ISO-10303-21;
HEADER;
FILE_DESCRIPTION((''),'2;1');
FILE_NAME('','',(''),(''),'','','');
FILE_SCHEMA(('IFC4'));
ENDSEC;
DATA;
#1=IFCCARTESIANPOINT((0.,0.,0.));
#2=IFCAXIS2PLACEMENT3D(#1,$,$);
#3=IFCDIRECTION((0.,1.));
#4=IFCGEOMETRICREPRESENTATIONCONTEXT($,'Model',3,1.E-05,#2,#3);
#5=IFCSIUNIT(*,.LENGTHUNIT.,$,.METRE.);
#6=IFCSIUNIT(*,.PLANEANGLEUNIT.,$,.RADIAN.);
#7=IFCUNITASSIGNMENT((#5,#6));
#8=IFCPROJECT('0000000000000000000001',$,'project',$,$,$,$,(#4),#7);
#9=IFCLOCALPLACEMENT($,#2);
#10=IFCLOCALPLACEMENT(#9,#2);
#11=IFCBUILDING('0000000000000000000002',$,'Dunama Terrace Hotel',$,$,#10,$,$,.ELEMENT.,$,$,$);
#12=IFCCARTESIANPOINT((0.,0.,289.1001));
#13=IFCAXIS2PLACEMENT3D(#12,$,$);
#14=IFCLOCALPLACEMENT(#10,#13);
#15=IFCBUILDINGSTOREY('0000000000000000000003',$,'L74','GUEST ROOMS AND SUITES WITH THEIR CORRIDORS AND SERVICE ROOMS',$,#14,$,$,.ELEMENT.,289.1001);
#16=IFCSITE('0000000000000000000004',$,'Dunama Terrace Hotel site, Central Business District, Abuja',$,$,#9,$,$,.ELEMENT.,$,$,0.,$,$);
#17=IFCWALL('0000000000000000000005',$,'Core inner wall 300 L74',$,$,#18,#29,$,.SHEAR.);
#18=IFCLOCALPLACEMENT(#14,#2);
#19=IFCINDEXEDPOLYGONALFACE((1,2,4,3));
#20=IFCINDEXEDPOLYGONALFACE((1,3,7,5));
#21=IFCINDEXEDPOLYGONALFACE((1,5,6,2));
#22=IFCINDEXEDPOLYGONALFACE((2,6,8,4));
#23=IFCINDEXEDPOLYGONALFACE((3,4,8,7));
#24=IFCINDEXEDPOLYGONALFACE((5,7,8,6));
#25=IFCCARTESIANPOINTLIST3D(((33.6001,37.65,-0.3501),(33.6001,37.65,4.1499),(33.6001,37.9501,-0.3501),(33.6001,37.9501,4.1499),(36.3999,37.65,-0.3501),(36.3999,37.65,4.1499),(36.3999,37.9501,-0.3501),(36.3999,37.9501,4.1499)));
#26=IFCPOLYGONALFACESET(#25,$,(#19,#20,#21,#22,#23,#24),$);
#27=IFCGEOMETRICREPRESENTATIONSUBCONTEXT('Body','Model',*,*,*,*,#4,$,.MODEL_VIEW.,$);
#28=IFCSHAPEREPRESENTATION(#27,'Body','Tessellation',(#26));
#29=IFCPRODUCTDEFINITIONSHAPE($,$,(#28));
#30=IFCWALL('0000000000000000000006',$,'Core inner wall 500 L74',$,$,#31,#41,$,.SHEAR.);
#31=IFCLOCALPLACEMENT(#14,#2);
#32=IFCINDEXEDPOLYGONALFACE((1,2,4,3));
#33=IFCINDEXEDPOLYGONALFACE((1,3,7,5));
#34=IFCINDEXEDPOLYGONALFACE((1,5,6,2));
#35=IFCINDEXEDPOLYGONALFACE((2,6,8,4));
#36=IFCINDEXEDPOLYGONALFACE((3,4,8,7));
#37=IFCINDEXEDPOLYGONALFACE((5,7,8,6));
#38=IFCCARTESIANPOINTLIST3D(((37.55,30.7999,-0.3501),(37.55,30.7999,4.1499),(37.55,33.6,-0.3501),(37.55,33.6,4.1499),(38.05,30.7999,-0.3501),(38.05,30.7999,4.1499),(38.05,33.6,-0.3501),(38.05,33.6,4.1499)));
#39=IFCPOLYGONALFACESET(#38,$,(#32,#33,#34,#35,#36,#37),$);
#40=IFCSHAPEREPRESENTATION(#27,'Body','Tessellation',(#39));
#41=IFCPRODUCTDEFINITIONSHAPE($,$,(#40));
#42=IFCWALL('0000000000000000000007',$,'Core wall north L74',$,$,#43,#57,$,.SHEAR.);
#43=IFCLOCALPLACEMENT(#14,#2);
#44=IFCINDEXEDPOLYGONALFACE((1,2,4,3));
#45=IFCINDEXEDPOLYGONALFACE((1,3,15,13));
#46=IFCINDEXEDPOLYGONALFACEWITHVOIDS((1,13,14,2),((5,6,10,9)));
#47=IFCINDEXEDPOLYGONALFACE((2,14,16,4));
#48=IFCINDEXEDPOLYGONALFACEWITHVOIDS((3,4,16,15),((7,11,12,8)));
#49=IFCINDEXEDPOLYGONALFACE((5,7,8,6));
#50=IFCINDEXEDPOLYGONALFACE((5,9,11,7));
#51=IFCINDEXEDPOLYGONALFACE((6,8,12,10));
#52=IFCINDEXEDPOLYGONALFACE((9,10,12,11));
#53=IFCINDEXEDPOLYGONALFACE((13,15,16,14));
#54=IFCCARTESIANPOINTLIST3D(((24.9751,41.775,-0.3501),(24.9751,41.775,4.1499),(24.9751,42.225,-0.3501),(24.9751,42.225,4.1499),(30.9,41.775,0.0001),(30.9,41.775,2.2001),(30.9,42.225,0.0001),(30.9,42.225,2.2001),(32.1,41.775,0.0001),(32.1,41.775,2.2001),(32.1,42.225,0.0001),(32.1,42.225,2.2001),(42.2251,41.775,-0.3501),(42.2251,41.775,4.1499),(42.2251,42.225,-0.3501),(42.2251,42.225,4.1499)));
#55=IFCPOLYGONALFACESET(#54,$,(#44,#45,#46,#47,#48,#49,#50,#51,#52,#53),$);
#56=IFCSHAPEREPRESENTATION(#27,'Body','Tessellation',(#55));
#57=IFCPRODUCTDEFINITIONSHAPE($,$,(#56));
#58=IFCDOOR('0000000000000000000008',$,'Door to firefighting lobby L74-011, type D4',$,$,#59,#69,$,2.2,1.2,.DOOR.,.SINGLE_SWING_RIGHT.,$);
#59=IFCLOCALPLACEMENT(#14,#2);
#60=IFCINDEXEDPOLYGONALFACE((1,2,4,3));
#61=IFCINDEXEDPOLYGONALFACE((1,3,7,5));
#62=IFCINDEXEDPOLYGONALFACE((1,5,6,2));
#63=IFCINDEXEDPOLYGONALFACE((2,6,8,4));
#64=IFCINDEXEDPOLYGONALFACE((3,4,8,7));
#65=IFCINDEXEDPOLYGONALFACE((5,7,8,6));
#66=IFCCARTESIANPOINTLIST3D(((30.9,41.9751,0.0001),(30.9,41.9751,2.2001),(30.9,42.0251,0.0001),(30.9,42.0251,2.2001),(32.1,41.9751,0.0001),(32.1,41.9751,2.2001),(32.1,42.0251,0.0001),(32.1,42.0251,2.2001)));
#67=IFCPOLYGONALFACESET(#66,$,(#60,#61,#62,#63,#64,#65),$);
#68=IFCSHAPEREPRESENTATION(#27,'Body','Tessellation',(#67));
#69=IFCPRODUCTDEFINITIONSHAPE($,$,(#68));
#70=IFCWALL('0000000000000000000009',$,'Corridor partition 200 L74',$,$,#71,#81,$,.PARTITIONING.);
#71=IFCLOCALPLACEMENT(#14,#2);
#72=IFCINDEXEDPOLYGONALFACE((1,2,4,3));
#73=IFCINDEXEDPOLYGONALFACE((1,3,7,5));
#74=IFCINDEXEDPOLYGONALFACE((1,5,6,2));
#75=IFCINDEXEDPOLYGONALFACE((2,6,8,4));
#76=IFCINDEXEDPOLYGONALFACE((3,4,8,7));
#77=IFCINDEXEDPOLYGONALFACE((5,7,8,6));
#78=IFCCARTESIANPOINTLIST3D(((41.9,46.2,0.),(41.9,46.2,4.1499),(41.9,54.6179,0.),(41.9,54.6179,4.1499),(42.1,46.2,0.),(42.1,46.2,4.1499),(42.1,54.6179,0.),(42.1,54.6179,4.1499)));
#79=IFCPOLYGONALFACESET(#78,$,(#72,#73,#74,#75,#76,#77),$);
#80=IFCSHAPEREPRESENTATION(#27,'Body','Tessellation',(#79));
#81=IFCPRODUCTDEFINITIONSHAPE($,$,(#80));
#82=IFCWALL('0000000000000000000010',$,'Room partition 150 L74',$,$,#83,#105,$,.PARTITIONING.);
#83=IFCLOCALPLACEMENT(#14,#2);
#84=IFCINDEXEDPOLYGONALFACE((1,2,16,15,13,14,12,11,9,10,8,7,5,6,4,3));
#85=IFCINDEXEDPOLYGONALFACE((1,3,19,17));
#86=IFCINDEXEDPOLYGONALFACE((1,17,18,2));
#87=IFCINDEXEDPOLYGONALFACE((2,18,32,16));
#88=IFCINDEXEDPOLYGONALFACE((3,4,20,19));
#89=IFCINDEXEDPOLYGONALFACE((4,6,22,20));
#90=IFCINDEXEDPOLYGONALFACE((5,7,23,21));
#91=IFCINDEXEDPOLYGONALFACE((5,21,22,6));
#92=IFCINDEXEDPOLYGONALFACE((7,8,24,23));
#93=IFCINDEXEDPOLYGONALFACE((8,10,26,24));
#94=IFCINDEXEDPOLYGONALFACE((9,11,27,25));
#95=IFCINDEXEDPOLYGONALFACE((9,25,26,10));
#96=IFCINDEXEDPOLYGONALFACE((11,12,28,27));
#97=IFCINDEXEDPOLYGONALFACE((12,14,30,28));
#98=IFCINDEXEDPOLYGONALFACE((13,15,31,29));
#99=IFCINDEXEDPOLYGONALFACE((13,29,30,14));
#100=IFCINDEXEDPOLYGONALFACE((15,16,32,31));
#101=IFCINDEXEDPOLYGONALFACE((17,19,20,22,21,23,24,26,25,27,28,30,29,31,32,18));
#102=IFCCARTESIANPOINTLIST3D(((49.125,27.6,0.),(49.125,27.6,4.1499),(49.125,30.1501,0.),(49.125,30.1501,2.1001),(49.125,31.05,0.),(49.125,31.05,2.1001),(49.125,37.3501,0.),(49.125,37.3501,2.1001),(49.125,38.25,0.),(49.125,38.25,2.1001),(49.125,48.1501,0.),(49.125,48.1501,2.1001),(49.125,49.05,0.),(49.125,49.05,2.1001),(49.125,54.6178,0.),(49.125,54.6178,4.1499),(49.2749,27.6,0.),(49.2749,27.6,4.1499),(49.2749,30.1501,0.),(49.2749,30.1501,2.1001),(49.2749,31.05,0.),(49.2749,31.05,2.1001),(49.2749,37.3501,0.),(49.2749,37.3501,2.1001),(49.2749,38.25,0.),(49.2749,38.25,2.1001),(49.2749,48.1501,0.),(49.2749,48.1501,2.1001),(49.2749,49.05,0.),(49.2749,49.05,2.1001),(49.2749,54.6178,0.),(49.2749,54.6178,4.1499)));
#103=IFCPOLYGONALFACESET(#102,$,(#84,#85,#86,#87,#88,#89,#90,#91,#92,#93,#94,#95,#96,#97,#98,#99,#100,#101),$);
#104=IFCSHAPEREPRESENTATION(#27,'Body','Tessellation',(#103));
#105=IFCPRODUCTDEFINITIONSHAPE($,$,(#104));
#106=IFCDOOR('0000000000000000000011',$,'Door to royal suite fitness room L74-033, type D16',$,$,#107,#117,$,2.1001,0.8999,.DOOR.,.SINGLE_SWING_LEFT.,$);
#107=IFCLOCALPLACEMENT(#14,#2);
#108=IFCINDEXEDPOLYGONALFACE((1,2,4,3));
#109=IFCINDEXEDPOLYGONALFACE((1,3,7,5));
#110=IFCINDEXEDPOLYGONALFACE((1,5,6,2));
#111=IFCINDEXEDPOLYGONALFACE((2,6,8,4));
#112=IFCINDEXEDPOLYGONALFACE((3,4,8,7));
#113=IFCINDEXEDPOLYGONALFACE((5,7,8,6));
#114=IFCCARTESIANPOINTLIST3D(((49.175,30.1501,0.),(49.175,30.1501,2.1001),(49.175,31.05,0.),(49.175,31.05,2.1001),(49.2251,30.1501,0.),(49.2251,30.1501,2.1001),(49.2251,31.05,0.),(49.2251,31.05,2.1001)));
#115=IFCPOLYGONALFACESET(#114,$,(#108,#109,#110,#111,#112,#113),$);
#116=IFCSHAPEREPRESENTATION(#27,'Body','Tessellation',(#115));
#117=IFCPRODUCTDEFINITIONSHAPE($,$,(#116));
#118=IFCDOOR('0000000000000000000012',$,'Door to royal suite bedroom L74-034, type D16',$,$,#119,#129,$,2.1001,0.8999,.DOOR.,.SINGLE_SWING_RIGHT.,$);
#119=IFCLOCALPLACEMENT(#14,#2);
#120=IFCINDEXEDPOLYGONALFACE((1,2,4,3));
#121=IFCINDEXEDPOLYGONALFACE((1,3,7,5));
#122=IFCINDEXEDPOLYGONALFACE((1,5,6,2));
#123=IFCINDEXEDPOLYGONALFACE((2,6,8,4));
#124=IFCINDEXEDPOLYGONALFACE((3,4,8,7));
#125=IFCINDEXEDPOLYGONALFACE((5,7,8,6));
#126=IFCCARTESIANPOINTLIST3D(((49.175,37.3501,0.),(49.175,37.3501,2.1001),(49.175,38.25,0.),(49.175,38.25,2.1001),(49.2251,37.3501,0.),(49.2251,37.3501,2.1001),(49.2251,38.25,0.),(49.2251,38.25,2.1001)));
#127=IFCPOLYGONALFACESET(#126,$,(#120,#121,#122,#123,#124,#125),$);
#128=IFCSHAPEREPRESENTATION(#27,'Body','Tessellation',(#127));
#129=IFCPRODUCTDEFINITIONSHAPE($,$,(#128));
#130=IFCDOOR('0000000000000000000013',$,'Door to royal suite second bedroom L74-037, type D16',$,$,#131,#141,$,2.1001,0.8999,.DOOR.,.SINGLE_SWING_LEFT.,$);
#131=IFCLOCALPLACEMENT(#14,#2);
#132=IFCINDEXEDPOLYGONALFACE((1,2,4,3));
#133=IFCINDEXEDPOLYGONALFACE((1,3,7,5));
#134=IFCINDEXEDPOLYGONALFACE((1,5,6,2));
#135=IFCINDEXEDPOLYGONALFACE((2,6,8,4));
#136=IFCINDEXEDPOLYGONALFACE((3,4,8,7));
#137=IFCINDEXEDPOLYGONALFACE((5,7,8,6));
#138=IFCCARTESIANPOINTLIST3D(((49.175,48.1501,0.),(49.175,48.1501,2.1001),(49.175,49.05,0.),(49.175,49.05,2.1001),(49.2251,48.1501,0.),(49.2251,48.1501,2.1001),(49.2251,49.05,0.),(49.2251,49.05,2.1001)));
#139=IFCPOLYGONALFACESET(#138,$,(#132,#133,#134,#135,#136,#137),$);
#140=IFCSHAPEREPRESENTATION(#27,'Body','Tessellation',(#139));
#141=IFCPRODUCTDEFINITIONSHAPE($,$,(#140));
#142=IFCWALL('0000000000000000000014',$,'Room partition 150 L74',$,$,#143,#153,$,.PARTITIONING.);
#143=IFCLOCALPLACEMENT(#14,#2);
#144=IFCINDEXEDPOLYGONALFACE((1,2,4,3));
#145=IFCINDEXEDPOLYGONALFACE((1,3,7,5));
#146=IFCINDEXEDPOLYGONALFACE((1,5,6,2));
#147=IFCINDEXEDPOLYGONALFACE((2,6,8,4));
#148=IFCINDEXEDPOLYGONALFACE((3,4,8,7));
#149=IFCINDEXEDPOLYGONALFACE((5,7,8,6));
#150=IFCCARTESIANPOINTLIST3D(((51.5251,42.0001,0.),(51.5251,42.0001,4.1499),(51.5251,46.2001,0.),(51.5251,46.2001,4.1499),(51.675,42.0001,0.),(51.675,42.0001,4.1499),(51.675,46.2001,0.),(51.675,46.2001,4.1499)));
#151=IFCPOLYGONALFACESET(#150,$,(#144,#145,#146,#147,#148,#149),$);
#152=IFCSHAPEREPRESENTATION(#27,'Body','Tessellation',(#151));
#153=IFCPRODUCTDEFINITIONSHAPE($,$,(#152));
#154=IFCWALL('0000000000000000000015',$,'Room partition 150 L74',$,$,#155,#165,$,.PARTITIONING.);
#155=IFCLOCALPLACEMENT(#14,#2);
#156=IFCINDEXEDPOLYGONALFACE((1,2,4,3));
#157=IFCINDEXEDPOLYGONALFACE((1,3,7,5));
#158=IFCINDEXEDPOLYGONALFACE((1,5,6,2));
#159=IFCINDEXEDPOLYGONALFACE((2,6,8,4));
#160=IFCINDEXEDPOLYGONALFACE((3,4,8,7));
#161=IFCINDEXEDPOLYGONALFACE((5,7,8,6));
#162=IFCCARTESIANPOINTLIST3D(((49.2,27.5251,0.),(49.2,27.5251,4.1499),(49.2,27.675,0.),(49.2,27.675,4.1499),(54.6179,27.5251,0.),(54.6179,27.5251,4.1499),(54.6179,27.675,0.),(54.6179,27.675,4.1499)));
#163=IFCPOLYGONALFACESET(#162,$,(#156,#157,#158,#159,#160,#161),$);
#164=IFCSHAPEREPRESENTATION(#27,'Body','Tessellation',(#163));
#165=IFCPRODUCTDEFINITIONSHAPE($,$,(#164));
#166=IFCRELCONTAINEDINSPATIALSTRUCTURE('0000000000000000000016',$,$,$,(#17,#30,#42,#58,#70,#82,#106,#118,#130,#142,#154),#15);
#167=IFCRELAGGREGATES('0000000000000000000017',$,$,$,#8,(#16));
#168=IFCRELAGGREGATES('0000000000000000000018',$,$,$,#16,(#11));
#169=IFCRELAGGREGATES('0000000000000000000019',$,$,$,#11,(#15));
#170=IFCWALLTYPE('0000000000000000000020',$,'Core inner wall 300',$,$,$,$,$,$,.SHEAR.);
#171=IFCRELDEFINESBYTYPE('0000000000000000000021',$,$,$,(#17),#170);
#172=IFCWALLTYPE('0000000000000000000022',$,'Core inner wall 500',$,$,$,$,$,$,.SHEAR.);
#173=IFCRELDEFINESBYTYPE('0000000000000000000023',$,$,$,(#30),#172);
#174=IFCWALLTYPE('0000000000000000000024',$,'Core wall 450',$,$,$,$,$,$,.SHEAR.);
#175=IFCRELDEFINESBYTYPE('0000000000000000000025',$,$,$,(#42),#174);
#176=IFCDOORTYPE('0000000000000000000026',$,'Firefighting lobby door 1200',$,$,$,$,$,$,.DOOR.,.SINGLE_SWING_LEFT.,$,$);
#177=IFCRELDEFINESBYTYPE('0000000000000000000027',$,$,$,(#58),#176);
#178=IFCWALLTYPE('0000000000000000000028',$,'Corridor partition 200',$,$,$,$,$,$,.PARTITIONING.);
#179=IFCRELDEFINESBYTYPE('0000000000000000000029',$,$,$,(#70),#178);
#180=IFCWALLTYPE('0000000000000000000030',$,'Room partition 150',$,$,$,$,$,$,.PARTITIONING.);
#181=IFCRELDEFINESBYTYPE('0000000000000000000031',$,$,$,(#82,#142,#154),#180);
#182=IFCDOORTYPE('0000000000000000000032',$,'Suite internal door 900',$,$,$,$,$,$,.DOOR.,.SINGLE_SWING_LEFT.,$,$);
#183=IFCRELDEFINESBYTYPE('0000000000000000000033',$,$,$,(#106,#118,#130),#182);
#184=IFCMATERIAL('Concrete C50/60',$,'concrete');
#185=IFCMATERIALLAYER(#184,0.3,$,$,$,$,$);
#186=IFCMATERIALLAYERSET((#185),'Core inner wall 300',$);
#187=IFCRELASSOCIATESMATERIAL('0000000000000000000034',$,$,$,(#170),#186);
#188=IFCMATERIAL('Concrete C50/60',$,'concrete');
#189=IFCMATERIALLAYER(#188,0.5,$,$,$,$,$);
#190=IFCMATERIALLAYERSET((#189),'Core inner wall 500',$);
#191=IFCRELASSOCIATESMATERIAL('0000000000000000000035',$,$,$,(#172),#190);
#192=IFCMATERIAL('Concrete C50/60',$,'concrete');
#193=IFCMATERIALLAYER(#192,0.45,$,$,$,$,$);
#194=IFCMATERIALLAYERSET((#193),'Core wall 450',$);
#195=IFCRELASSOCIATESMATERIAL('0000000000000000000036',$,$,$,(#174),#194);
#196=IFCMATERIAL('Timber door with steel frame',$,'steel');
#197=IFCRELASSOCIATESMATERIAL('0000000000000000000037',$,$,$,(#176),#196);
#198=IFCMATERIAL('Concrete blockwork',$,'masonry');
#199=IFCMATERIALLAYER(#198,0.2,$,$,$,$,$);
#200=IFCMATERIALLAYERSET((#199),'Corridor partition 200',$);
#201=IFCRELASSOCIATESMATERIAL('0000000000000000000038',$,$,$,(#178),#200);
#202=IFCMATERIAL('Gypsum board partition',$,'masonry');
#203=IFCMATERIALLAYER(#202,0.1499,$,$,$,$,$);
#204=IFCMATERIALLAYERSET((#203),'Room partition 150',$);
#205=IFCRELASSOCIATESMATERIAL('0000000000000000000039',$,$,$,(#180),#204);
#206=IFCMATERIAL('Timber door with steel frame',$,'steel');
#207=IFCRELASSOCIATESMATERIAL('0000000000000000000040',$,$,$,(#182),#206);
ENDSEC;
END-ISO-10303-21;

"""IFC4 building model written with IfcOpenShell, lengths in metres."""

from ifc_helpers import new_model, si_unit, direction, frame, frame_2d, origin, place, context, subcontext, project, spatial, rectangle, extrude, material, layer, layer_set, type_object, element, fill, save


model = new_model("IFC4")

# Units and contexts
model_context = context("Model", 3, precision=1e-05, world=origin(), true_north=direction((0.0, 1.0)))
body_context = subcontext(model_context, "Body", "Model", "MODEL_VIEW")
ifc_project = project(units=[si_unit("LENGTHUNIT", "METRE"), si_unit("PLANEANGLEUNIT", "RADIAN")], contexts=[model_context])

# Site, building, storey
site_placement = place(None, origin())
site = spatial("IfcSite", under=ifc_project, at=site_placement, Name="Dunama Terrace Hotel site, Central Business District, Abuja", CompositionType="ELEMENT", RefElevation=0.0)
building_placement = place(site_placement, origin())
building = spatial("IfcBuilding", under=site, at=building_placement, Name="Dunama Terrace Hotel", CompositionType="ELEMENT")
storey_placement = place(building_placement, frame((0.0, 0.0, 289.1001)))
storey = spatial("IfcBuildingStorey", under=building, at=storey_placement, Name="L74", Description="GUEST ROOMS AND SUITES WITH THEIR CORRIDORS AND SERVICE ROOMS", CompositionType="ELEMENT", Elevation=289.1001)

# Shared definitions
ifc_material_1 = material(Name="Concrete C50/60", Category="concrete")
ifc_layer_1 = layer(ifc_material_1, 0.3)
ifc_layer_set_1 = layer_set([ifc_layer_1], Name="Core inner wall 300")
wall_type_1 = type_object("IfcWallType", Name="Core inner wall 300", PredefinedType="SHEAR", material=ifc_layer_set_1)

# Walls
wall_1_placement = place(storey_placement, frame((33.6001, 37.8, -0.3501), z_axis=(0.0, 0.0, 1.0), x_axis=(1.0, 0.0, 0.0)))
element("IfcWall", 1, at=wall_1_placement, inside=storey, type_object=wall_type_1, Name="Core inner wall 300 L74", PredefinedType="SHEAR", context=body_context, shape_type="SweptSolid", body=[
    extrude(rectangle(XDim=2.7998, YDim=0.3, at=frame_2d((1.3999, 0.0))), origin(), (0.0, 0.0, 1.0), 4.5),
])
ifc_material_2 = material(Name="Concrete C50/60", Category="concrete")
ifc_layer_2 = layer(ifc_material_2, 0.5)
ifc_layer_set_2 = layer_set([ifc_layer_2], Name="Core inner wall 500")
wall_type_2 = type_object("IfcWallType", Name="Core inner wall 500", PredefinedType="SHEAR", material=ifc_layer_set_2)
wall_2_placement = place(storey_placement, frame((37.8, 30.8, -0.3501), z_axis=(0.0, 0.0, 1.0), x_axis=(0.0, 1.0, 0.0)))
element("IfcWall", 2, at=wall_2_placement, inside=storey, type_object=wall_type_2, Name="Core inner wall 500 L74", PredefinedType="SHEAR", context=body_context, shape_type="SweptSolid", body=[
    extrude(rectangle(XDim=2.8, YDim=0.5, at=frame_2d((1.3999, 0.0))), origin(), (0.0, 0.0, 1.0), 4.5),
])

# Wall, opening, door
ifc_material_3 = material(Name="Concrete C50/60", Category="concrete")
ifc_layer_3 = layer(ifc_material_3, 0.45)
ifc_layer_set_3 = layer_set([ifc_layer_3], Name="Core wall 450")
wall_type_3 = type_object("IfcWallType", Name="Core wall 450", PredefinedType="SHEAR", material=ifc_layer_set_3)
wall_3_placement = place(storey_placement, frame((42.2251, 42.0, -0.3501), z_axis=(0.0, 0.0, 1.0), x_axis=(-1.0, 0.0, 0.0)))
wall_3 = element("IfcWall", 3, at=wall_3_placement, inside=storey, type_object=wall_type_3, Name="Core wall north L74", PredefinedType="SHEAR", context=body_context, shape_type="SweptSolid", body=[
    extrude(rectangle(XDim=17.25, YDim=0.45, at=frame_2d((8.625, 0.0))), origin(), (0.0, 0.0, 1.0), 4.5),
])
opening_1_placement = place(wall_3_placement, frame((10.125, 0.0, 0.3501)))
opening_1 = element("IfcOpeningElement", 4, at=opening_1_placement, cuts=wall_3, PredefinedType="OPENING", context=body_context, shape_type="SweptSolid", body=[
    extrude(rectangle(XDim=1.2, YDim=2.2, at=frame_2d((0.6001, 1.1001))), frame((0.0, 0.2349, 0.0), z_axis=(0.0, -1.0, 0.0), x_axis=(1.0, 0.0, 0.0)), (0.0, 0.0, 1.0), 0.47),
])
ifc_material_4 = material(Name="Timber door with steel frame", Category="steel")
door_type_1 = type_object("IfcDoorType", Name="Firefighting lobby door 1200", OperationType="SINGLE_SWING_LEFT", PredefinedType="DOOR", material=ifc_material_4)
door_1_placement = place(opening_1_placement, origin())
door_1 = element("IfcDoor", 5, at=door_1_placement, inside=storey, type_object=door_type_1, Name="Door to firefighting lobby L74-011, type D4", OperationType="SINGLE_SWING_RIGHT", OverallHeight=2.2, OverallWidth=1.2, PredefinedType="DOOR", context=body_context, shape_type="SweptSolid", body=[
    extrude(rectangle(XDim=1.2, YDim=2.2, at=frame_2d((0.6001, 1.1001))), frame((0.0, 0.0249, 0.0), z_axis=(0.0, -1.0, 0.0), x_axis=(1.0, 0.0, 0.0)), (0.0, 0.0, 1.0), 0.05),
])
fill(opening_1, door_1)

# Wall
ifc_material_5 = material(Name="Concrete blockwork", Category="masonry")
ifc_layer_4 = layer(ifc_material_5, 0.2)
ifc_layer_set_4 = layer_set([ifc_layer_4], Name="Corridor partition 200")
wall_type_4 = type_object("IfcWallType", Name="Corridor partition 200", PredefinedType="PARTITIONING", material=ifc_layer_set_4)
wall_4_placement = place(storey_placement, frame((42.0, 46.2, 0.0), z_axis=(0.0, 0.0, 1.0), x_axis=(0.0, 1.0, 0.0)))
element("IfcWall", 6, at=wall_4_placement, inside=storey, type_object=wall_type_4, Name="Corridor partition 200 L74", PredefinedType="PARTITIONING", context=body_context, shape_type="SweptSolid", body=[
    extrude(rectangle(XDim=8.418, YDim=0.2, at=frame_2d((4.209, 0.0))), origin(), (0.0, 0.0, 1.0), 4.1499),
])

# Wall, openings, doors
ifc_material_6 = material(Name="Gypsum board partition", Category="masonry")
ifc_layer_5 = layer(ifc_material_6, 0.1499)
ifc_layer_set_5 = layer_set([ifc_layer_5], Name="Room partition 150")
wall_type_5 = type_object("IfcWallType", Name="Room partition 150", PredefinedType="PARTITIONING", material=ifc_layer_set_5)
wall_5_placement = place(storey_placement, frame((49.2, 27.6001, 0.0), z_axis=(0.0, 0.0, 1.0), x_axis=(0.0, 1.0, 0.0)))
wall_5 = element("IfcWall", 7, at=wall_5_placement, inside=storey, type_object=wall_type_5, Name="Room partition 150 L74", PredefinedType="PARTITIONING", context=body_context, shape_type="SweptSolid", body=[
    extrude(rectangle(XDim=27.0178, YDim=0.1499, at=frame_2d((13.5088, 0.0))), origin(), (0.0, 0.0, 1.0), 4.1499),
])
opening_2_placement = place(wall_5_placement, frame((2.55, 0.0, 0.0)))
opening_2 = element("IfcOpeningElement", 8, at=opening_2_placement, cuts=wall_5, PredefinedType="OPENING", context=body_context, shape_type="SweptSolid", body=[
    extrude(rectangle(XDim=0.8999, YDim=2.1001, at=frame_2d((0.45, 1.05))), frame((0.0, 0.085, 0.0), z_axis=(0.0, -1.0, 0.0), x_axis=(1.0, 0.0, 0.0)), (0.0, 0.0, 1.0), 0.1699),
])
opening_3_placement = place(wall_5_placement, frame((9.75, 0.0, 0.0)))
opening_3 = element("IfcOpeningElement", 9, at=opening_3_placement, cuts=wall_5, PredefinedType="OPENING", context=body_context, shape_type="SweptSolid", body=[
    extrude(rectangle(XDim=0.8999, YDim=2.1001, at=frame_2d((0.45, 1.05))), frame((0.0, 0.085, 0.0), z_axis=(0.0, -1.0, 0.0), x_axis=(1.0, 0.0, 0.0)), (0.0, 0.0, 1.0), 0.1699),
])
opening_4_placement = place(wall_5_placement, frame((20.55, 0.0, 0.0)))
opening_4 = element("IfcOpeningElement", 10, at=opening_4_placement, cuts=wall_5, PredefinedType="OPENING", context=body_context, shape_type="SweptSolid", body=[
    extrude(rectangle(XDim=0.8999, YDim=2.1001, at=frame_2d((0.45, 1.05))), frame((0.0, 0.085, 0.0), z_axis=(0.0, -1.0, 0.0), x_axis=(1.0, 0.0, 0.0)), (0.0, 0.0, 1.0), 0.1699),
])
ifc_material_7 = material(Name="Timber door with steel frame", Category="steel")
door_type_2 = type_object("IfcDoorType", Name="Suite internal door 900", OperationType="SINGLE_SWING_LEFT", PredefinedType="DOOR", material=ifc_material_7)
door_2_placement = place(opening_2_placement, frame((0.8999, 0.0, 0.0), z_axis=(0.0, 0.0, 1.0), x_axis=(-1.0, 0.0, 0.0)))
door_2 = element("IfcDoor", 11, at=door_2_placement, inside=storey, type_object=door_type_2, Name="Door to royal suite fitness room L74-033, type D16", OperationType="SINGLE_SWING_LEFT", OverallHeight=2.1001, OverallWidth=0.8999, PredefinedType="DOOR", context=body_context, shape_type="SweptSolid", body=[
    extrude(rectangle(XDim=0.8999, YDim=2.1001, at=frame_2d((0.45, 1.05))), frame((0.0, 0.0251, 0.0), z_axis=(0.0, -1.0, 0.0), x_axis=(1.0, 0.0, 0.0)), (0.0, 0.0, 1.0), 0.05),
])
fill(opening_2, door_2)
door_3_placement = place(opening_3_placement, frame((0.8999, 0.0, 0.0), z_axis=(0.0, 0.0, 1.0), x_axis=(-1.0, 0.0, 0.0)))
door_3 = element("IfcDoor", 12, at=door_3_placement, inside=storey, type_object=door_type_2, Name="Door to royal suite bedroom L74-034, type D16", OperationType="SINGLE_SWING_RIGHT", OverallHeight=2.1001, OverallWidth=0.8999, PredefinedType="DOOR", context=body_context, shape_type="SweptSolid", body=[
    extrude(rectangle(XDim=0.8999, YDim=2.1001, at=frame_2d((0.45, 1.05))), frame((0.0, 0.0251, 0.0), z_axis=(0.0, -1.0, 0.0), x_axis=(1.0, 0.0, 0.0)), (0.0, 0.0, 1.0), 0.05),
])
fill(opening_3, door_3)
door_4_placement = place(opening_4_placement, frame((0.8999, 0.0, 0.0), z_axis=(0.0, 0.0, 1.0), x_axis=(-1.0, 0.0, 0.0)))
door_4 = element("IfcDoor", 13, at=door_4_placement, inside=storey, type_object=door_type_2, Name="Door to royal suite second bedroom L74-037, type D16", OperationType="SINGLE_SWING_LEFT", OverallHeight=2.1001, OverallWidth=0.8999, PredefinedType="DOOR", context=body_context, shape_type="SweptSolid", body=[
    extrude(rectangle(XDim=0.8999, YDim=2.1001, at=frame_2d((0.45, 1.05))), frame((0.0, 0.0251, 0.0), z_axis=(0.0, -1.0, 0.0), x_axis=(1.0, 0.0, 0.0)), (0.0, 0.0, 1.0), 0.05),
])
fill(opening_4, door_4)

# Walls
wall_6_placement = place(storey_placement, frame((51.6001, 42.0, 0.0), z_axis=(0.0, 0.0, 1.0), x_axis=(0.0, 1.0, 0.0)))
element("IfcWall", 14, at=wall_6_placement, inside=storey, type_object=wall_type_5, Name="Room partition 150 L74", PredefinedType="PARTITIONING", context=body_context, shape_type="SweptSolid", body=[
    extrude(rectangle(XDim=4.2, YDim=0.1499, at=frame_2d((2.1001, 0.0))), origin(), (0.0, 0.0, 1.0), 4.1499),
])
for number, where, z_axis, x_axis, name in (
    (15, (49.2, 27.6001, 0.0), (0.0, 0.0, 1.0), (1.0, 0.0, 0.0), "Room partition 150 L74"),
):
    element("IfcWall", number, at=place(storey_placement, frame(where, z_axis=z_axis, x_axis=x_axis)), inside=storey, type_object=wall_type_5, Name=name, PredefinedType="PARTITIONING", context=body_context, shape_type="SweptSolid", body=[
        extrude(rectangle(XDim=5.418, YDim=0.1499, at=frame_2d((2.709, 0.0))), origin(), (0.0, 0.0, 1.0), 4.1499),
    ])

save(model, "model.ifc")
